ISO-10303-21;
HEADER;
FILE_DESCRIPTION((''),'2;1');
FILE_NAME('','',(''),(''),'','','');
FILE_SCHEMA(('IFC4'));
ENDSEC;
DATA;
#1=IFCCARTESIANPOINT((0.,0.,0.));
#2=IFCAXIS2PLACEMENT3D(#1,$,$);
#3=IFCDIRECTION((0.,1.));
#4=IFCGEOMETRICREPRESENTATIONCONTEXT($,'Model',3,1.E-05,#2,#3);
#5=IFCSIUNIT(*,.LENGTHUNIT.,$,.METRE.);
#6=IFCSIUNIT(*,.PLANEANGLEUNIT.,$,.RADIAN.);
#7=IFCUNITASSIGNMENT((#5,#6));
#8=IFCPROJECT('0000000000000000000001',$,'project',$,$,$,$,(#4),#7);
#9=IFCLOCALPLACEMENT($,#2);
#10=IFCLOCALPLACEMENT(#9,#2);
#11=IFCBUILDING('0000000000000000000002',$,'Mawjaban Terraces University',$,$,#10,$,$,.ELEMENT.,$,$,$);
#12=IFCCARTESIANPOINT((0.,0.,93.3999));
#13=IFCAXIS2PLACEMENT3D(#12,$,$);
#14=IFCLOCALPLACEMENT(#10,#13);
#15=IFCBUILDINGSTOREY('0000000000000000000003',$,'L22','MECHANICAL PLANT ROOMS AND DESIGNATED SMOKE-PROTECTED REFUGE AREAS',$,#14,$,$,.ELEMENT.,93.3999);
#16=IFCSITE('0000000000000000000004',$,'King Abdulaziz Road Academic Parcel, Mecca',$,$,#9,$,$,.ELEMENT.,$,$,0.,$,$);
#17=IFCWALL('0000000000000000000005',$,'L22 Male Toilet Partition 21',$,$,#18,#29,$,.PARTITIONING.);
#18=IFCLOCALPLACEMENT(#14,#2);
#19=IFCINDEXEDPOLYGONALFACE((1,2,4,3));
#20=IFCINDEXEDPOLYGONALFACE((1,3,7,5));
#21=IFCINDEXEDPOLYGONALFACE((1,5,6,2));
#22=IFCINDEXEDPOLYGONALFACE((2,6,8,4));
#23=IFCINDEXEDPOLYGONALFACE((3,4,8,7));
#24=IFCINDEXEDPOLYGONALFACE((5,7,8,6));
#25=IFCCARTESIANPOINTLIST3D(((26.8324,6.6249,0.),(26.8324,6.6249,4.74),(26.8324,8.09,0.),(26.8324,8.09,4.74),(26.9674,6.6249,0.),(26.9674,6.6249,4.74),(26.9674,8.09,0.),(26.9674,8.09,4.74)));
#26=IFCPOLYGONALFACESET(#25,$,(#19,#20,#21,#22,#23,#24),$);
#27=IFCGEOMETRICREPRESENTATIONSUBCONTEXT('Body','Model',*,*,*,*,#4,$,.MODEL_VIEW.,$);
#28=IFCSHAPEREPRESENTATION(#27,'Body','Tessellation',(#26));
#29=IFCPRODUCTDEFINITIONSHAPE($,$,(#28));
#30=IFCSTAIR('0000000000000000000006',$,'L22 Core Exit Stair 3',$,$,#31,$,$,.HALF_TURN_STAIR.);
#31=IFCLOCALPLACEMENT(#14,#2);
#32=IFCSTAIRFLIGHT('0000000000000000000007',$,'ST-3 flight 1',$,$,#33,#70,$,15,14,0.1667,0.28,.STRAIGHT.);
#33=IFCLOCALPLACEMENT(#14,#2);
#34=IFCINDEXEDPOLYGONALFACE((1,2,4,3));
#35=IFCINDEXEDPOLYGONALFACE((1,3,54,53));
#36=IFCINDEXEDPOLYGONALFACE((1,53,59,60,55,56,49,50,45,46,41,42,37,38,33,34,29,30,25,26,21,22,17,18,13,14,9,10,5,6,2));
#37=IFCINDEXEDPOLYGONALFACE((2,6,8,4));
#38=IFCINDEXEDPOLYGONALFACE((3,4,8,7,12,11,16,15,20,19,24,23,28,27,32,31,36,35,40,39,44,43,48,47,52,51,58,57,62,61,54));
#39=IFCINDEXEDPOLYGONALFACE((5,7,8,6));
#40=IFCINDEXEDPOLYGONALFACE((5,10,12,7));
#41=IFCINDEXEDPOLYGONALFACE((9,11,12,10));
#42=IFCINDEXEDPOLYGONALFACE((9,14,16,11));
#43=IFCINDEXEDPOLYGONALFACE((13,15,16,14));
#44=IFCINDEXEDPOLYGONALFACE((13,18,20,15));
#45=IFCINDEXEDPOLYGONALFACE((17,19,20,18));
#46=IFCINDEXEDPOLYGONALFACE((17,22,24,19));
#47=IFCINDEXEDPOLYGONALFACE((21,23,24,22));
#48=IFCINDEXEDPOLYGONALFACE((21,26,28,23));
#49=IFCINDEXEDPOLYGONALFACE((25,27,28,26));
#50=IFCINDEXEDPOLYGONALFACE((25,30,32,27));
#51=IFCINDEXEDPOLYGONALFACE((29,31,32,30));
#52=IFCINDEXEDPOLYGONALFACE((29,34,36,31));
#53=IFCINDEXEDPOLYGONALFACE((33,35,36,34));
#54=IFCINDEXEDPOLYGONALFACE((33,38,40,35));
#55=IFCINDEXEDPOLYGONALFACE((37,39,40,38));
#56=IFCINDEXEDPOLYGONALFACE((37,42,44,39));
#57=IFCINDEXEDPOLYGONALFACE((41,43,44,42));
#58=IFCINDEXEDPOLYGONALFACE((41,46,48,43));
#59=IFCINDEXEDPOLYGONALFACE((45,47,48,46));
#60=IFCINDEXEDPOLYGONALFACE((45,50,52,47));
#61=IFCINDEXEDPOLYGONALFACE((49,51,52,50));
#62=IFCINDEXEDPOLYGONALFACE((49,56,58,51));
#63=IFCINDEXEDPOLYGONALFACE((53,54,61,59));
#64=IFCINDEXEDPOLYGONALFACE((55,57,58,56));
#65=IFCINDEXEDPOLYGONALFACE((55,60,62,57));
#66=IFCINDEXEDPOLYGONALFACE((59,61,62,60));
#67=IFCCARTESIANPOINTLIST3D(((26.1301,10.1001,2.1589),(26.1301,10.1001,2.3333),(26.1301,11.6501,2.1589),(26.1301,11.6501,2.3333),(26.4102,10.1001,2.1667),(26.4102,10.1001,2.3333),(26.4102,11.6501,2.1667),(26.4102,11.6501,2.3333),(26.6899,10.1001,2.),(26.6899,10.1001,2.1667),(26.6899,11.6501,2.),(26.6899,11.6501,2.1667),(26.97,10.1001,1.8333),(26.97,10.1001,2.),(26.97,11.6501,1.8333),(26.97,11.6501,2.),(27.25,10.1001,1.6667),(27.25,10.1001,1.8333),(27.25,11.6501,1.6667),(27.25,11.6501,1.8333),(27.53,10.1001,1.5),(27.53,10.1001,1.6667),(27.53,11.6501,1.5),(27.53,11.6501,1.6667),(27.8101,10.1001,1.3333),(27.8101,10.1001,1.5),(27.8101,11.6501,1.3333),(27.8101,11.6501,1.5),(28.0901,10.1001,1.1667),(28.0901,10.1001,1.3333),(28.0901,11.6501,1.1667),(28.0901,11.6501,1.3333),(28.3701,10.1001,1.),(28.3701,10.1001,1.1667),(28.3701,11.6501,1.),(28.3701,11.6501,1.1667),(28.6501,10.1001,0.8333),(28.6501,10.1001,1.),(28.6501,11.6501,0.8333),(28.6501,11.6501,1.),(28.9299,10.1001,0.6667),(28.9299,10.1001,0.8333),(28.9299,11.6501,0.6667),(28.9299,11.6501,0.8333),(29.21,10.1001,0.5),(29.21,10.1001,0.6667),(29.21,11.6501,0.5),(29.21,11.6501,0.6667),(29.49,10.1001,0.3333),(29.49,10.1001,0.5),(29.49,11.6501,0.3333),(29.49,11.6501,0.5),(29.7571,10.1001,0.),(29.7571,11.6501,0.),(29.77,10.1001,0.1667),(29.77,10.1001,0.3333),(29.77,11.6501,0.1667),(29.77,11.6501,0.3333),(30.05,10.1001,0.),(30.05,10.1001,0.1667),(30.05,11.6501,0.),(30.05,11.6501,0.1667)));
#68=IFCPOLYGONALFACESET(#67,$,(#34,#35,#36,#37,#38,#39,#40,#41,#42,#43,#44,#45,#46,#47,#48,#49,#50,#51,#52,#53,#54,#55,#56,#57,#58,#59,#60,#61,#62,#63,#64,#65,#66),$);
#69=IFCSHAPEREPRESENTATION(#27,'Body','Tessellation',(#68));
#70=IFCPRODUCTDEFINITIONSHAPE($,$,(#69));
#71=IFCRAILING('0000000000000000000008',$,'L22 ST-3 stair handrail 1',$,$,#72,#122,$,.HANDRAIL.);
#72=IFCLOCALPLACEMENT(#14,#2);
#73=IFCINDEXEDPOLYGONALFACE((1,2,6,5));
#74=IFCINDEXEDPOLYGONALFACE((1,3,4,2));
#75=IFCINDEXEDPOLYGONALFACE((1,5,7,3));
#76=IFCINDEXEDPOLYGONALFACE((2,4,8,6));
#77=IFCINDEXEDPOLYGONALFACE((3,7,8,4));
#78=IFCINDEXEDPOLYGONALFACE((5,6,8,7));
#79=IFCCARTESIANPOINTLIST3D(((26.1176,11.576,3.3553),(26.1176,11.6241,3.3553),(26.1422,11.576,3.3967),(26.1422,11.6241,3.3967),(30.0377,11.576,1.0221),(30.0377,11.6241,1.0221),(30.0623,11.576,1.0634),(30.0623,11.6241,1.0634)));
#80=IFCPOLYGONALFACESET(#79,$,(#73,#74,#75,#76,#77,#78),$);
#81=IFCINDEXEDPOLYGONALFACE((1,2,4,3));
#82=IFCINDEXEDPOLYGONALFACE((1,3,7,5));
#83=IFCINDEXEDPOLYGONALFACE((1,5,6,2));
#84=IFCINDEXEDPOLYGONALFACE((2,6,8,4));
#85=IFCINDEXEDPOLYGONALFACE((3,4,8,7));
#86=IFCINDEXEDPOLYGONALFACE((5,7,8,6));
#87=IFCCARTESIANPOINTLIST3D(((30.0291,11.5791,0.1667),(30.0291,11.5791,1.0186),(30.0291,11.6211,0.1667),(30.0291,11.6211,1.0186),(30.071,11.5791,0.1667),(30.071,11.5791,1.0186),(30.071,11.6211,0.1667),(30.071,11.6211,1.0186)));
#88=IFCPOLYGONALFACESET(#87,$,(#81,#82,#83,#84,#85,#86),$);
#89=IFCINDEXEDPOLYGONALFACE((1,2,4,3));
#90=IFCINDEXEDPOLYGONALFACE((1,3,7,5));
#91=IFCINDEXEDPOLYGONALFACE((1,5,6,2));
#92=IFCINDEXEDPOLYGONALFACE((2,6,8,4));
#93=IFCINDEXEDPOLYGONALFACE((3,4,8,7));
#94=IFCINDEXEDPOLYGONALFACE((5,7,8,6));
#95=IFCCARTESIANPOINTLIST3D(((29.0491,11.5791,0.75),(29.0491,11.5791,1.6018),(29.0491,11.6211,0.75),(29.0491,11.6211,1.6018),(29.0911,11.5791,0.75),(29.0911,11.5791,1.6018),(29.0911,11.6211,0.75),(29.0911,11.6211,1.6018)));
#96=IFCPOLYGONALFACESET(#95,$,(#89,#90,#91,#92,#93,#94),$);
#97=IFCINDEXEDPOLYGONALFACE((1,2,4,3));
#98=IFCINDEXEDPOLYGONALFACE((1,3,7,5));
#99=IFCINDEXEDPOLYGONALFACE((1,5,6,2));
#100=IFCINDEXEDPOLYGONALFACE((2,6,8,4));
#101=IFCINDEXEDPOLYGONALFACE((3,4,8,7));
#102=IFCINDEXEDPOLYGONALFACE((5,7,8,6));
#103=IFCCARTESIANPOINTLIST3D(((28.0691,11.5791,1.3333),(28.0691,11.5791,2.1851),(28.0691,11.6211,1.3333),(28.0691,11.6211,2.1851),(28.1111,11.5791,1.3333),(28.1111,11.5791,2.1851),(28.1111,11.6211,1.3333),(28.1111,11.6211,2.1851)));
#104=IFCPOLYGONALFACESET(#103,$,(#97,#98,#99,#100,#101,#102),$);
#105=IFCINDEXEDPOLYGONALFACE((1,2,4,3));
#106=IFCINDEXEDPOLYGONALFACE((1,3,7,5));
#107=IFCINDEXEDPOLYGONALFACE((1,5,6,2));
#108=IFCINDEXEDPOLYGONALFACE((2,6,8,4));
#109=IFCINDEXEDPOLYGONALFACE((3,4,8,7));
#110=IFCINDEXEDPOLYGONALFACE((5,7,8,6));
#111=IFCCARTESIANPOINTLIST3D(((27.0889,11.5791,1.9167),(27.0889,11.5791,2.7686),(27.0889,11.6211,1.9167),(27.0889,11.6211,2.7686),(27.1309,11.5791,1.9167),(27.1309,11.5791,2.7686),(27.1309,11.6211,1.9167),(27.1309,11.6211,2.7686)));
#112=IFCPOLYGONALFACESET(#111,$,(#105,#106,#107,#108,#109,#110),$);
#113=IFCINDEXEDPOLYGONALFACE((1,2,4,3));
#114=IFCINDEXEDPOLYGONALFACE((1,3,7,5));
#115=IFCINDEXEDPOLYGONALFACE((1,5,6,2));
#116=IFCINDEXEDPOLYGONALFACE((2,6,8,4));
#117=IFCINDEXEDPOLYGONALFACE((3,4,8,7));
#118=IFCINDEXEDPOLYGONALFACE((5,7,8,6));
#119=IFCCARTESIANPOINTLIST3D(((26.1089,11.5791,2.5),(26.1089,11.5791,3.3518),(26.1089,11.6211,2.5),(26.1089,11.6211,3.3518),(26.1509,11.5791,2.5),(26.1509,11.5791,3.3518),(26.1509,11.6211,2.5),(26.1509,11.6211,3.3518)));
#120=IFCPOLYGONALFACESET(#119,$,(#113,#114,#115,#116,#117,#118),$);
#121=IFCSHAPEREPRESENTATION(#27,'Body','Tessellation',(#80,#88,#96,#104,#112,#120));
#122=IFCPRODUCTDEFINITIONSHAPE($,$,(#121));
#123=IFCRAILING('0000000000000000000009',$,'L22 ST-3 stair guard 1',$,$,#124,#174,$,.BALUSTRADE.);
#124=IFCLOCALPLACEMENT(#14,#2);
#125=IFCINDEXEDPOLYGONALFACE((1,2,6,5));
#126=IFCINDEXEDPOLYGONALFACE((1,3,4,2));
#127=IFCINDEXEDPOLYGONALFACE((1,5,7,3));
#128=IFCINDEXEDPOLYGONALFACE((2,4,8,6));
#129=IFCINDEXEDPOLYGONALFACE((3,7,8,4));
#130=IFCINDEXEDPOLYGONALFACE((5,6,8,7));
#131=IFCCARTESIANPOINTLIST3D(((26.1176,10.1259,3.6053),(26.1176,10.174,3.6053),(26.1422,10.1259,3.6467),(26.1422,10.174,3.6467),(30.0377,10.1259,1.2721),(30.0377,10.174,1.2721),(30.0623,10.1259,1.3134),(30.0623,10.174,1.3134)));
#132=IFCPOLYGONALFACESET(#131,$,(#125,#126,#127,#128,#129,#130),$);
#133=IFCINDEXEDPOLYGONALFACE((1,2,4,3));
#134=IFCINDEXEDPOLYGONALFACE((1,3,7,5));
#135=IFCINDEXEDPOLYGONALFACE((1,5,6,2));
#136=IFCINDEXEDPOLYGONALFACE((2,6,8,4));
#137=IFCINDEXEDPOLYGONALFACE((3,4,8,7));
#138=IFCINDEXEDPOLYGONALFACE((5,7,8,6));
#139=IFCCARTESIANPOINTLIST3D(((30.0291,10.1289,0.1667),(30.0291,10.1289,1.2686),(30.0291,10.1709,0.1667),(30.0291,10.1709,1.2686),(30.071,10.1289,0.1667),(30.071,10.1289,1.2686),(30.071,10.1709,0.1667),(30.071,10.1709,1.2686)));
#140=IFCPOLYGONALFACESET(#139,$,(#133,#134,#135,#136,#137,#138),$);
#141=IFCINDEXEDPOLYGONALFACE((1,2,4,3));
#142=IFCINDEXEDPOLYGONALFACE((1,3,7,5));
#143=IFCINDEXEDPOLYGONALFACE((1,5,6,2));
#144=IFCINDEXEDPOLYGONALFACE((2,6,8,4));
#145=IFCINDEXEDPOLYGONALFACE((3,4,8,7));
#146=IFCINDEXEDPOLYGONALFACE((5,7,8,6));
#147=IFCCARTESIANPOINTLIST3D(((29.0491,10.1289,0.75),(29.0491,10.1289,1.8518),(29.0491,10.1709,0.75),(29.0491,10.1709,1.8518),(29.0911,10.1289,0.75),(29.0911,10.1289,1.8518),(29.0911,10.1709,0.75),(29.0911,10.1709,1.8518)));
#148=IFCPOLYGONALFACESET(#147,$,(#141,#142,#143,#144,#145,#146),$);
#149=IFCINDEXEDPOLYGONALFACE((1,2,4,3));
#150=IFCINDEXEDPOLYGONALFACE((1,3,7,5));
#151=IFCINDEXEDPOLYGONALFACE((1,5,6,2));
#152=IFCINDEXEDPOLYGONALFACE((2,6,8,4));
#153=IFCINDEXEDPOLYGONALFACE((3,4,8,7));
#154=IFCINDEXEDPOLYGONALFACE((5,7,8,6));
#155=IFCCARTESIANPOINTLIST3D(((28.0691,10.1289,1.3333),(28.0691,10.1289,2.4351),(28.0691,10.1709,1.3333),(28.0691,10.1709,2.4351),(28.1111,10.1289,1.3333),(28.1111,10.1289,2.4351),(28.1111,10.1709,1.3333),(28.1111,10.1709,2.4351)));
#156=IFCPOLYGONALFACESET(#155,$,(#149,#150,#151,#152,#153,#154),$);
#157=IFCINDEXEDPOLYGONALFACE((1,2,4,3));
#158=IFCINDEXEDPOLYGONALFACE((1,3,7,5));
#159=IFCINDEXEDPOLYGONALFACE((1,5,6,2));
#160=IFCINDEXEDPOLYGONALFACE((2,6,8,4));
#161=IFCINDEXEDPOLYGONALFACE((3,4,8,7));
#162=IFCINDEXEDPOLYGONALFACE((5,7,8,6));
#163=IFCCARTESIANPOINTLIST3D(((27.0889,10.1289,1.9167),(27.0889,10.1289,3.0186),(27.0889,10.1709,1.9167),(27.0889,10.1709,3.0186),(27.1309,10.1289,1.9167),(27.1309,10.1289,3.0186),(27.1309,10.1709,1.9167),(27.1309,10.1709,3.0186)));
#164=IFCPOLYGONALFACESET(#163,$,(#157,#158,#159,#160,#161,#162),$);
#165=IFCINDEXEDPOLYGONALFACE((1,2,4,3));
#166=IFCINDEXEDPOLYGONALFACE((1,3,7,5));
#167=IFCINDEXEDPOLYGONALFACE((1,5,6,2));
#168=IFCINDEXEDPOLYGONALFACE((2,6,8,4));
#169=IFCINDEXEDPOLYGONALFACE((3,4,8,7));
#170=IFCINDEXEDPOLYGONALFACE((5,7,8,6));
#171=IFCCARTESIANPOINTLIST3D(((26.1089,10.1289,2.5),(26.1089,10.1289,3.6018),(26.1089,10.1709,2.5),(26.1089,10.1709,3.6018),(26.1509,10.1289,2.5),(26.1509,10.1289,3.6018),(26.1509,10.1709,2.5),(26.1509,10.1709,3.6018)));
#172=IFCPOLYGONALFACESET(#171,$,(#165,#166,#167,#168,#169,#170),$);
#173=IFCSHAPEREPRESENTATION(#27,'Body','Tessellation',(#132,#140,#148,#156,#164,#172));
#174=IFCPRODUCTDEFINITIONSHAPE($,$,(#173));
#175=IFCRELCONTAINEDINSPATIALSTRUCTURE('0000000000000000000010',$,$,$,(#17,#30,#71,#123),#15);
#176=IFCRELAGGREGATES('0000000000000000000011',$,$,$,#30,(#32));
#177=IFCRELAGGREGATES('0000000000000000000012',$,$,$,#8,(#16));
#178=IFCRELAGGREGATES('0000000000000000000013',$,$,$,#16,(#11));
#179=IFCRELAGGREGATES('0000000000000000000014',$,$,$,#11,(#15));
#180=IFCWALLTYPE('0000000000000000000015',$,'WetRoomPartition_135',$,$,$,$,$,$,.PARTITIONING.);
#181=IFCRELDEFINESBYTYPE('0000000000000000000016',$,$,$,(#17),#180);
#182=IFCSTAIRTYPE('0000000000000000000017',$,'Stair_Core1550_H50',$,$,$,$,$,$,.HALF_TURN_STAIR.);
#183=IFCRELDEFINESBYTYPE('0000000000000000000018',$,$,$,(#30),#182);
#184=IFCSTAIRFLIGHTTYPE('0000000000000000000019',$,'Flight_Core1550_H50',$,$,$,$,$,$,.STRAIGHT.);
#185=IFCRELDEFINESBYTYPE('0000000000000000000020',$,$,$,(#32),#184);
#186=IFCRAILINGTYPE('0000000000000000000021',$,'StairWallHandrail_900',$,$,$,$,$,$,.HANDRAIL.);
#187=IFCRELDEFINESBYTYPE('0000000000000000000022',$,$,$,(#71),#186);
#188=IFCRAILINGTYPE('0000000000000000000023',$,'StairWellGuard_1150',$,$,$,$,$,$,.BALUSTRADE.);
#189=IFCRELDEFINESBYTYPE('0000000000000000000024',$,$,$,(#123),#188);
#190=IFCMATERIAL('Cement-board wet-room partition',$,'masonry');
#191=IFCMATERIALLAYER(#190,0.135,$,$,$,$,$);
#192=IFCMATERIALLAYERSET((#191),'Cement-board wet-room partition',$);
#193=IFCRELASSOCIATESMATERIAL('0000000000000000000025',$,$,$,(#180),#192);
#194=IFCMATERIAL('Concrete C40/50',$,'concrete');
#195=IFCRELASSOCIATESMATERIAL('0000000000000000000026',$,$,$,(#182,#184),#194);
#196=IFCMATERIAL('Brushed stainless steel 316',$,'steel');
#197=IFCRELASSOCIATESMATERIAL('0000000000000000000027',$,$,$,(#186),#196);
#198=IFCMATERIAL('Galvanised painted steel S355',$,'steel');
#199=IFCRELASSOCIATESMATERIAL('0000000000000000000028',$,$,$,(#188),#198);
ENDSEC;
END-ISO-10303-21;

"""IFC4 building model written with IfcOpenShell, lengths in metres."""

from ifc_helpers import new_model, si_unit, direction, frame, frame_2d, origin, origin_2d, place, context, subcontext, project, spatial, polyline, rectangle, outline, extrude, material, layer, layer_set, type_object, element, aggregate, save


model = new_model("IFC4")

# Units and contexts
model_context = context("Model", 3, precision=1e-05, world=origin(), true_north=direction((0.0, 1.0)))
body_context = subcontext(model_context, "Body", "Model", "MODEL_VIEW")
ifc_project = project(units=[si_unit("LENGTHUNIT", "METRE"), si_unit("PLANEANGLEUNIT", "RADIAN")], contexts=[model_context])

# Site, building, storey
site_placement = place(None, origin())
site = spatial("IfcSite", under=ifc_project, at=site_placement, Name="King Abdulaziz Road Academic Parcel, Mecca", CompositionType="ELEMENT", RefElevation=0.0)
building_placement = place(site_placement, origin())
building = spatial("IfcBuilding", under=site, at=building_placement, Name="Mawjaban Terraces University", CompositionType="ELEMENT")
storey_placement = place(building_placement, frame((0.0, 0.0, 93.3999)))
storey = spatial("IfcBuildingStorey", under=building, at=storey_placement, Name="L22", Description="MECHANICAL PLANT ROOMS AND DESIGNATED SMOKE-PROTECTED REFUGE AREAS", CompositionType="ELEMENT", Elevation=93.3999)

# Shared definitions
ifc_material_1 = material(Name="Concrete C40/50", Category="concrete")

# Wall
ifc_material_2 = material(Name="Cement-board wet-room partition", Category="masonry")
ifc_layer_1 = layer(ifc_material_2, 0.135)
ifc_layer_set_1 = layer_set([ifc_layer_1], Name="Cement-board wet-room partition")
wall_type_1 = type_object("IfcWallType", Name="WetRoomPartition_135", PredefinedType="PARTITIONING", material=ifc_layer_set_1)
wall_1_placement = place(storey_placement, frame((26.8999, 6.625, 0.0), z_axis=(0.0, 0.0, 1.0), x_axis=(0.0, 1.0, 0.0)))
element("IfcWall", 1, at=wall_1_placement, inside=storey, type_object=wall_type_1, Name="L22 Male Toilet Partition 21", PredefinedType="PARTITIONING", context=body_context, shape_type="SweptSolid", body=[
    extrude(rectangle(XDim=1.4651, YDim=0.135, at=frame_2d((0.7324, 0.0))), origin(), (0.0, 0.0, 1.0), 4.74),
])

# Stair, stair flight
stair_type = type_object("IfcStairType", Name="Stair_Core1550_H50", PredefinedType="HALF_TURN_STAIR", material=ifc_material_1)
stair_placement = place(storey_placement, origin())
stair = element("IfcStair", 2, at=stair_placement, inside=storey, type_object=stair_type, Name="L22 Core Exit Stair 3", PredefinedType="HALF_TURN_STAIR")
stair_flight_type = type_object("IfcStairFlightType", Name="Flight_Core1550_H50", PredefinedType="STRAIGHT", material=ifc_material_1)
stair_flight_placement = place(storey_placement, frame((30.05, 10.875, 0.0), z_axis=(0.0, 0.0, 1.0), x_axis=(-1.0, 0.0, 0.0)))
stair_flight = element("IfcStairFlight", 3, at=stair_flight_placement, type_object=stair_flight_type, Name="ST-3 flight 1", NumberOfRisers=15, NumberOfTreads=14, PredefinedType="STRAIGHT", RiserHeight=0.1667, TreadLength=0.28, context=body_context, shape_type="SweptSolid", body=[
    extrude(outline(polyline([(0.0, 0.0), (0.0, 0.1667), (0.28, 0.1667), (0.28, 0.3333), (0.5601, 0.3333), (0.5601, 0.5), (0.8401, 0.5), (0.8401, 0.6667), (1.1201, 0.6667), (1.1201, 0.8333), (1.3999, 0.8333), (1.3999, 1.0), (1.6799, 1.0), (1.6799, 1.1667), (1.96, 1.1667), (1.96, 1.3333), (2.24, 1.3333), (2.24, 1.5), (2.52, 1.5), (2.52, 1.6667), (2.8, 1.6667), (2.8, 1.8333), (3.0801, 1.8333), (3.0801, 2.0), (3.3601, 2.0), (3.3601, 2.1667), (3.6399, 2.1667), (3.6399, 2.3333), (3.9199, 2.3333), (3.9199, 2.5), (3.9199, 2.1589), (0.293, 0.0), (0.0, 0.0)])), frame((0.0, 0.7749, 0.0), z_axis=(0.0, -1.0, 0.0), x_axis=(1.0, 0.0, 0.0)), (0.0, 0.0, 1.0), 1.55),
])
aggregate(stair, [stair_flight])

# Railings
ifc_material_3 = material(Name="Brushed stainless steel 316", Category="steel")
railing_type_1 = type_object("IfcRailingType", Name="StairWallHandrail_900", PredefinedType="HANDRAIL", material=ifc_material_3)
railing_1_placement = place(storey_placement, frame((30.05, 11.6001, 0.1667)))
element("IfcRailing", 4, at=railing_1_placement, inside=storey, type_object=railing_type_1, Name="L22 ST-3 stair handrail 1", PredefinedType="HANDRAIL", context=body_context, shape_type="SweptSolid", body=[
    extrude(rectangle(XDim=0.0481, YDim=0.0481, at=origin_2d()), frame((0.0, 0.0, 0.876), z_axis=(-0.85931, 0.0, 0.511455), x_axis=(0.0, -1.0, 0.0)), (0.0, 0.0, 1.0), 4.562),
    extrude(rectangle(XDim=0.042, YDim=0.042, at=origin_2d()), origin(), (0.0, 0.0, 1.0), 0.8518),
    extrude(rectangle(XDim=0.042, YDim=0.042, at=origin_2d()), frame((-0.98, 0.0, 0.5833)), (0.0, 0.0, 1.0), 0.8518),
    extrude(rectangle(XDim=0.042, YDim=0.042, at=origin_2d()), frame((-1.96, 0.0, 1.1665)), (0.0, 0.0, 1.0), 0.8518),
    extrude(rectangle(XDim=0.042, YDim=0.042, at=origin_2d()), frame((-2.9402, 0.0, 1.75)), (0.0, 0.0, 1.0), 0.8518),
    extrude(rectangle(XDim=0.042, YDim=0.042, at=origin_2d()), frame((-3.9202, 0.0, 2.3333)), (0.0, 0.0, 1.0), 0.8518),
])
ifc_material_4 = material(Name="Galvanised painted steel S355", Category="steel")
railing_type_2 = type_object("IfcRailingType", Name="StairWellGuard_1150", PredefinedType="BALUSTRADE", material=ifc_material_4)
railing_2_placement = place(storey_placement, frame((30.05, 10.1499, 0.1667)))
element("IfcRailing", 5, at=railing_2_placement, inside=storey, type_object=railing_type_2, Name="L22 ST-3 stair guard 1", PredefinedType="BALUSTRADE", context=body_context, shape_type="SweptSolid", body=[
    extrude(rectangle(XDim=0.0481, YDim=0.0481, at=origin_2d()), frame((0.0, 0.0, 1.126), z_axis=(-0.85931, 0.0, 0.511455), x_axis=(0.0, -1.0, 0.0)), (0.0, 0.0, 1.0), 4.562),
    extrude(rectangle(XDim=0.042, YDim=0.042, at=origin_2d()), origin(), (0.0, 0.0, 1.0), 1.1018),
    extrude(rectangle(XDim=0.042, YDim=0.042, at=origin_2d()), frame((-0.98, 0.0, 0.5833)), (0.0, 0.0, 1.0), 1.1018),
    extrude(rectangle(XDim=0.042, YDim=0.042, at=origin_2d()), frame((-1.96, 0.0, 1.1665)), (0.0, 0.0, 1.0), 1.1018),
    extrude(rectangle(XDim=0.042, YDim=0.042, at=origin_2d()), frame((-2.9402, 0.0, 1.75)), (0.0, 0.0, 1.0), 1.1018),
    extrude(rectangle(XDim=0.042, YDim=0.042, at=origin_2d()), frame((-3.9202, 0.0, 2.3333)), (0.0, 0.0, 1.0), 1.1018),
])

save(model, "model.ifc")
